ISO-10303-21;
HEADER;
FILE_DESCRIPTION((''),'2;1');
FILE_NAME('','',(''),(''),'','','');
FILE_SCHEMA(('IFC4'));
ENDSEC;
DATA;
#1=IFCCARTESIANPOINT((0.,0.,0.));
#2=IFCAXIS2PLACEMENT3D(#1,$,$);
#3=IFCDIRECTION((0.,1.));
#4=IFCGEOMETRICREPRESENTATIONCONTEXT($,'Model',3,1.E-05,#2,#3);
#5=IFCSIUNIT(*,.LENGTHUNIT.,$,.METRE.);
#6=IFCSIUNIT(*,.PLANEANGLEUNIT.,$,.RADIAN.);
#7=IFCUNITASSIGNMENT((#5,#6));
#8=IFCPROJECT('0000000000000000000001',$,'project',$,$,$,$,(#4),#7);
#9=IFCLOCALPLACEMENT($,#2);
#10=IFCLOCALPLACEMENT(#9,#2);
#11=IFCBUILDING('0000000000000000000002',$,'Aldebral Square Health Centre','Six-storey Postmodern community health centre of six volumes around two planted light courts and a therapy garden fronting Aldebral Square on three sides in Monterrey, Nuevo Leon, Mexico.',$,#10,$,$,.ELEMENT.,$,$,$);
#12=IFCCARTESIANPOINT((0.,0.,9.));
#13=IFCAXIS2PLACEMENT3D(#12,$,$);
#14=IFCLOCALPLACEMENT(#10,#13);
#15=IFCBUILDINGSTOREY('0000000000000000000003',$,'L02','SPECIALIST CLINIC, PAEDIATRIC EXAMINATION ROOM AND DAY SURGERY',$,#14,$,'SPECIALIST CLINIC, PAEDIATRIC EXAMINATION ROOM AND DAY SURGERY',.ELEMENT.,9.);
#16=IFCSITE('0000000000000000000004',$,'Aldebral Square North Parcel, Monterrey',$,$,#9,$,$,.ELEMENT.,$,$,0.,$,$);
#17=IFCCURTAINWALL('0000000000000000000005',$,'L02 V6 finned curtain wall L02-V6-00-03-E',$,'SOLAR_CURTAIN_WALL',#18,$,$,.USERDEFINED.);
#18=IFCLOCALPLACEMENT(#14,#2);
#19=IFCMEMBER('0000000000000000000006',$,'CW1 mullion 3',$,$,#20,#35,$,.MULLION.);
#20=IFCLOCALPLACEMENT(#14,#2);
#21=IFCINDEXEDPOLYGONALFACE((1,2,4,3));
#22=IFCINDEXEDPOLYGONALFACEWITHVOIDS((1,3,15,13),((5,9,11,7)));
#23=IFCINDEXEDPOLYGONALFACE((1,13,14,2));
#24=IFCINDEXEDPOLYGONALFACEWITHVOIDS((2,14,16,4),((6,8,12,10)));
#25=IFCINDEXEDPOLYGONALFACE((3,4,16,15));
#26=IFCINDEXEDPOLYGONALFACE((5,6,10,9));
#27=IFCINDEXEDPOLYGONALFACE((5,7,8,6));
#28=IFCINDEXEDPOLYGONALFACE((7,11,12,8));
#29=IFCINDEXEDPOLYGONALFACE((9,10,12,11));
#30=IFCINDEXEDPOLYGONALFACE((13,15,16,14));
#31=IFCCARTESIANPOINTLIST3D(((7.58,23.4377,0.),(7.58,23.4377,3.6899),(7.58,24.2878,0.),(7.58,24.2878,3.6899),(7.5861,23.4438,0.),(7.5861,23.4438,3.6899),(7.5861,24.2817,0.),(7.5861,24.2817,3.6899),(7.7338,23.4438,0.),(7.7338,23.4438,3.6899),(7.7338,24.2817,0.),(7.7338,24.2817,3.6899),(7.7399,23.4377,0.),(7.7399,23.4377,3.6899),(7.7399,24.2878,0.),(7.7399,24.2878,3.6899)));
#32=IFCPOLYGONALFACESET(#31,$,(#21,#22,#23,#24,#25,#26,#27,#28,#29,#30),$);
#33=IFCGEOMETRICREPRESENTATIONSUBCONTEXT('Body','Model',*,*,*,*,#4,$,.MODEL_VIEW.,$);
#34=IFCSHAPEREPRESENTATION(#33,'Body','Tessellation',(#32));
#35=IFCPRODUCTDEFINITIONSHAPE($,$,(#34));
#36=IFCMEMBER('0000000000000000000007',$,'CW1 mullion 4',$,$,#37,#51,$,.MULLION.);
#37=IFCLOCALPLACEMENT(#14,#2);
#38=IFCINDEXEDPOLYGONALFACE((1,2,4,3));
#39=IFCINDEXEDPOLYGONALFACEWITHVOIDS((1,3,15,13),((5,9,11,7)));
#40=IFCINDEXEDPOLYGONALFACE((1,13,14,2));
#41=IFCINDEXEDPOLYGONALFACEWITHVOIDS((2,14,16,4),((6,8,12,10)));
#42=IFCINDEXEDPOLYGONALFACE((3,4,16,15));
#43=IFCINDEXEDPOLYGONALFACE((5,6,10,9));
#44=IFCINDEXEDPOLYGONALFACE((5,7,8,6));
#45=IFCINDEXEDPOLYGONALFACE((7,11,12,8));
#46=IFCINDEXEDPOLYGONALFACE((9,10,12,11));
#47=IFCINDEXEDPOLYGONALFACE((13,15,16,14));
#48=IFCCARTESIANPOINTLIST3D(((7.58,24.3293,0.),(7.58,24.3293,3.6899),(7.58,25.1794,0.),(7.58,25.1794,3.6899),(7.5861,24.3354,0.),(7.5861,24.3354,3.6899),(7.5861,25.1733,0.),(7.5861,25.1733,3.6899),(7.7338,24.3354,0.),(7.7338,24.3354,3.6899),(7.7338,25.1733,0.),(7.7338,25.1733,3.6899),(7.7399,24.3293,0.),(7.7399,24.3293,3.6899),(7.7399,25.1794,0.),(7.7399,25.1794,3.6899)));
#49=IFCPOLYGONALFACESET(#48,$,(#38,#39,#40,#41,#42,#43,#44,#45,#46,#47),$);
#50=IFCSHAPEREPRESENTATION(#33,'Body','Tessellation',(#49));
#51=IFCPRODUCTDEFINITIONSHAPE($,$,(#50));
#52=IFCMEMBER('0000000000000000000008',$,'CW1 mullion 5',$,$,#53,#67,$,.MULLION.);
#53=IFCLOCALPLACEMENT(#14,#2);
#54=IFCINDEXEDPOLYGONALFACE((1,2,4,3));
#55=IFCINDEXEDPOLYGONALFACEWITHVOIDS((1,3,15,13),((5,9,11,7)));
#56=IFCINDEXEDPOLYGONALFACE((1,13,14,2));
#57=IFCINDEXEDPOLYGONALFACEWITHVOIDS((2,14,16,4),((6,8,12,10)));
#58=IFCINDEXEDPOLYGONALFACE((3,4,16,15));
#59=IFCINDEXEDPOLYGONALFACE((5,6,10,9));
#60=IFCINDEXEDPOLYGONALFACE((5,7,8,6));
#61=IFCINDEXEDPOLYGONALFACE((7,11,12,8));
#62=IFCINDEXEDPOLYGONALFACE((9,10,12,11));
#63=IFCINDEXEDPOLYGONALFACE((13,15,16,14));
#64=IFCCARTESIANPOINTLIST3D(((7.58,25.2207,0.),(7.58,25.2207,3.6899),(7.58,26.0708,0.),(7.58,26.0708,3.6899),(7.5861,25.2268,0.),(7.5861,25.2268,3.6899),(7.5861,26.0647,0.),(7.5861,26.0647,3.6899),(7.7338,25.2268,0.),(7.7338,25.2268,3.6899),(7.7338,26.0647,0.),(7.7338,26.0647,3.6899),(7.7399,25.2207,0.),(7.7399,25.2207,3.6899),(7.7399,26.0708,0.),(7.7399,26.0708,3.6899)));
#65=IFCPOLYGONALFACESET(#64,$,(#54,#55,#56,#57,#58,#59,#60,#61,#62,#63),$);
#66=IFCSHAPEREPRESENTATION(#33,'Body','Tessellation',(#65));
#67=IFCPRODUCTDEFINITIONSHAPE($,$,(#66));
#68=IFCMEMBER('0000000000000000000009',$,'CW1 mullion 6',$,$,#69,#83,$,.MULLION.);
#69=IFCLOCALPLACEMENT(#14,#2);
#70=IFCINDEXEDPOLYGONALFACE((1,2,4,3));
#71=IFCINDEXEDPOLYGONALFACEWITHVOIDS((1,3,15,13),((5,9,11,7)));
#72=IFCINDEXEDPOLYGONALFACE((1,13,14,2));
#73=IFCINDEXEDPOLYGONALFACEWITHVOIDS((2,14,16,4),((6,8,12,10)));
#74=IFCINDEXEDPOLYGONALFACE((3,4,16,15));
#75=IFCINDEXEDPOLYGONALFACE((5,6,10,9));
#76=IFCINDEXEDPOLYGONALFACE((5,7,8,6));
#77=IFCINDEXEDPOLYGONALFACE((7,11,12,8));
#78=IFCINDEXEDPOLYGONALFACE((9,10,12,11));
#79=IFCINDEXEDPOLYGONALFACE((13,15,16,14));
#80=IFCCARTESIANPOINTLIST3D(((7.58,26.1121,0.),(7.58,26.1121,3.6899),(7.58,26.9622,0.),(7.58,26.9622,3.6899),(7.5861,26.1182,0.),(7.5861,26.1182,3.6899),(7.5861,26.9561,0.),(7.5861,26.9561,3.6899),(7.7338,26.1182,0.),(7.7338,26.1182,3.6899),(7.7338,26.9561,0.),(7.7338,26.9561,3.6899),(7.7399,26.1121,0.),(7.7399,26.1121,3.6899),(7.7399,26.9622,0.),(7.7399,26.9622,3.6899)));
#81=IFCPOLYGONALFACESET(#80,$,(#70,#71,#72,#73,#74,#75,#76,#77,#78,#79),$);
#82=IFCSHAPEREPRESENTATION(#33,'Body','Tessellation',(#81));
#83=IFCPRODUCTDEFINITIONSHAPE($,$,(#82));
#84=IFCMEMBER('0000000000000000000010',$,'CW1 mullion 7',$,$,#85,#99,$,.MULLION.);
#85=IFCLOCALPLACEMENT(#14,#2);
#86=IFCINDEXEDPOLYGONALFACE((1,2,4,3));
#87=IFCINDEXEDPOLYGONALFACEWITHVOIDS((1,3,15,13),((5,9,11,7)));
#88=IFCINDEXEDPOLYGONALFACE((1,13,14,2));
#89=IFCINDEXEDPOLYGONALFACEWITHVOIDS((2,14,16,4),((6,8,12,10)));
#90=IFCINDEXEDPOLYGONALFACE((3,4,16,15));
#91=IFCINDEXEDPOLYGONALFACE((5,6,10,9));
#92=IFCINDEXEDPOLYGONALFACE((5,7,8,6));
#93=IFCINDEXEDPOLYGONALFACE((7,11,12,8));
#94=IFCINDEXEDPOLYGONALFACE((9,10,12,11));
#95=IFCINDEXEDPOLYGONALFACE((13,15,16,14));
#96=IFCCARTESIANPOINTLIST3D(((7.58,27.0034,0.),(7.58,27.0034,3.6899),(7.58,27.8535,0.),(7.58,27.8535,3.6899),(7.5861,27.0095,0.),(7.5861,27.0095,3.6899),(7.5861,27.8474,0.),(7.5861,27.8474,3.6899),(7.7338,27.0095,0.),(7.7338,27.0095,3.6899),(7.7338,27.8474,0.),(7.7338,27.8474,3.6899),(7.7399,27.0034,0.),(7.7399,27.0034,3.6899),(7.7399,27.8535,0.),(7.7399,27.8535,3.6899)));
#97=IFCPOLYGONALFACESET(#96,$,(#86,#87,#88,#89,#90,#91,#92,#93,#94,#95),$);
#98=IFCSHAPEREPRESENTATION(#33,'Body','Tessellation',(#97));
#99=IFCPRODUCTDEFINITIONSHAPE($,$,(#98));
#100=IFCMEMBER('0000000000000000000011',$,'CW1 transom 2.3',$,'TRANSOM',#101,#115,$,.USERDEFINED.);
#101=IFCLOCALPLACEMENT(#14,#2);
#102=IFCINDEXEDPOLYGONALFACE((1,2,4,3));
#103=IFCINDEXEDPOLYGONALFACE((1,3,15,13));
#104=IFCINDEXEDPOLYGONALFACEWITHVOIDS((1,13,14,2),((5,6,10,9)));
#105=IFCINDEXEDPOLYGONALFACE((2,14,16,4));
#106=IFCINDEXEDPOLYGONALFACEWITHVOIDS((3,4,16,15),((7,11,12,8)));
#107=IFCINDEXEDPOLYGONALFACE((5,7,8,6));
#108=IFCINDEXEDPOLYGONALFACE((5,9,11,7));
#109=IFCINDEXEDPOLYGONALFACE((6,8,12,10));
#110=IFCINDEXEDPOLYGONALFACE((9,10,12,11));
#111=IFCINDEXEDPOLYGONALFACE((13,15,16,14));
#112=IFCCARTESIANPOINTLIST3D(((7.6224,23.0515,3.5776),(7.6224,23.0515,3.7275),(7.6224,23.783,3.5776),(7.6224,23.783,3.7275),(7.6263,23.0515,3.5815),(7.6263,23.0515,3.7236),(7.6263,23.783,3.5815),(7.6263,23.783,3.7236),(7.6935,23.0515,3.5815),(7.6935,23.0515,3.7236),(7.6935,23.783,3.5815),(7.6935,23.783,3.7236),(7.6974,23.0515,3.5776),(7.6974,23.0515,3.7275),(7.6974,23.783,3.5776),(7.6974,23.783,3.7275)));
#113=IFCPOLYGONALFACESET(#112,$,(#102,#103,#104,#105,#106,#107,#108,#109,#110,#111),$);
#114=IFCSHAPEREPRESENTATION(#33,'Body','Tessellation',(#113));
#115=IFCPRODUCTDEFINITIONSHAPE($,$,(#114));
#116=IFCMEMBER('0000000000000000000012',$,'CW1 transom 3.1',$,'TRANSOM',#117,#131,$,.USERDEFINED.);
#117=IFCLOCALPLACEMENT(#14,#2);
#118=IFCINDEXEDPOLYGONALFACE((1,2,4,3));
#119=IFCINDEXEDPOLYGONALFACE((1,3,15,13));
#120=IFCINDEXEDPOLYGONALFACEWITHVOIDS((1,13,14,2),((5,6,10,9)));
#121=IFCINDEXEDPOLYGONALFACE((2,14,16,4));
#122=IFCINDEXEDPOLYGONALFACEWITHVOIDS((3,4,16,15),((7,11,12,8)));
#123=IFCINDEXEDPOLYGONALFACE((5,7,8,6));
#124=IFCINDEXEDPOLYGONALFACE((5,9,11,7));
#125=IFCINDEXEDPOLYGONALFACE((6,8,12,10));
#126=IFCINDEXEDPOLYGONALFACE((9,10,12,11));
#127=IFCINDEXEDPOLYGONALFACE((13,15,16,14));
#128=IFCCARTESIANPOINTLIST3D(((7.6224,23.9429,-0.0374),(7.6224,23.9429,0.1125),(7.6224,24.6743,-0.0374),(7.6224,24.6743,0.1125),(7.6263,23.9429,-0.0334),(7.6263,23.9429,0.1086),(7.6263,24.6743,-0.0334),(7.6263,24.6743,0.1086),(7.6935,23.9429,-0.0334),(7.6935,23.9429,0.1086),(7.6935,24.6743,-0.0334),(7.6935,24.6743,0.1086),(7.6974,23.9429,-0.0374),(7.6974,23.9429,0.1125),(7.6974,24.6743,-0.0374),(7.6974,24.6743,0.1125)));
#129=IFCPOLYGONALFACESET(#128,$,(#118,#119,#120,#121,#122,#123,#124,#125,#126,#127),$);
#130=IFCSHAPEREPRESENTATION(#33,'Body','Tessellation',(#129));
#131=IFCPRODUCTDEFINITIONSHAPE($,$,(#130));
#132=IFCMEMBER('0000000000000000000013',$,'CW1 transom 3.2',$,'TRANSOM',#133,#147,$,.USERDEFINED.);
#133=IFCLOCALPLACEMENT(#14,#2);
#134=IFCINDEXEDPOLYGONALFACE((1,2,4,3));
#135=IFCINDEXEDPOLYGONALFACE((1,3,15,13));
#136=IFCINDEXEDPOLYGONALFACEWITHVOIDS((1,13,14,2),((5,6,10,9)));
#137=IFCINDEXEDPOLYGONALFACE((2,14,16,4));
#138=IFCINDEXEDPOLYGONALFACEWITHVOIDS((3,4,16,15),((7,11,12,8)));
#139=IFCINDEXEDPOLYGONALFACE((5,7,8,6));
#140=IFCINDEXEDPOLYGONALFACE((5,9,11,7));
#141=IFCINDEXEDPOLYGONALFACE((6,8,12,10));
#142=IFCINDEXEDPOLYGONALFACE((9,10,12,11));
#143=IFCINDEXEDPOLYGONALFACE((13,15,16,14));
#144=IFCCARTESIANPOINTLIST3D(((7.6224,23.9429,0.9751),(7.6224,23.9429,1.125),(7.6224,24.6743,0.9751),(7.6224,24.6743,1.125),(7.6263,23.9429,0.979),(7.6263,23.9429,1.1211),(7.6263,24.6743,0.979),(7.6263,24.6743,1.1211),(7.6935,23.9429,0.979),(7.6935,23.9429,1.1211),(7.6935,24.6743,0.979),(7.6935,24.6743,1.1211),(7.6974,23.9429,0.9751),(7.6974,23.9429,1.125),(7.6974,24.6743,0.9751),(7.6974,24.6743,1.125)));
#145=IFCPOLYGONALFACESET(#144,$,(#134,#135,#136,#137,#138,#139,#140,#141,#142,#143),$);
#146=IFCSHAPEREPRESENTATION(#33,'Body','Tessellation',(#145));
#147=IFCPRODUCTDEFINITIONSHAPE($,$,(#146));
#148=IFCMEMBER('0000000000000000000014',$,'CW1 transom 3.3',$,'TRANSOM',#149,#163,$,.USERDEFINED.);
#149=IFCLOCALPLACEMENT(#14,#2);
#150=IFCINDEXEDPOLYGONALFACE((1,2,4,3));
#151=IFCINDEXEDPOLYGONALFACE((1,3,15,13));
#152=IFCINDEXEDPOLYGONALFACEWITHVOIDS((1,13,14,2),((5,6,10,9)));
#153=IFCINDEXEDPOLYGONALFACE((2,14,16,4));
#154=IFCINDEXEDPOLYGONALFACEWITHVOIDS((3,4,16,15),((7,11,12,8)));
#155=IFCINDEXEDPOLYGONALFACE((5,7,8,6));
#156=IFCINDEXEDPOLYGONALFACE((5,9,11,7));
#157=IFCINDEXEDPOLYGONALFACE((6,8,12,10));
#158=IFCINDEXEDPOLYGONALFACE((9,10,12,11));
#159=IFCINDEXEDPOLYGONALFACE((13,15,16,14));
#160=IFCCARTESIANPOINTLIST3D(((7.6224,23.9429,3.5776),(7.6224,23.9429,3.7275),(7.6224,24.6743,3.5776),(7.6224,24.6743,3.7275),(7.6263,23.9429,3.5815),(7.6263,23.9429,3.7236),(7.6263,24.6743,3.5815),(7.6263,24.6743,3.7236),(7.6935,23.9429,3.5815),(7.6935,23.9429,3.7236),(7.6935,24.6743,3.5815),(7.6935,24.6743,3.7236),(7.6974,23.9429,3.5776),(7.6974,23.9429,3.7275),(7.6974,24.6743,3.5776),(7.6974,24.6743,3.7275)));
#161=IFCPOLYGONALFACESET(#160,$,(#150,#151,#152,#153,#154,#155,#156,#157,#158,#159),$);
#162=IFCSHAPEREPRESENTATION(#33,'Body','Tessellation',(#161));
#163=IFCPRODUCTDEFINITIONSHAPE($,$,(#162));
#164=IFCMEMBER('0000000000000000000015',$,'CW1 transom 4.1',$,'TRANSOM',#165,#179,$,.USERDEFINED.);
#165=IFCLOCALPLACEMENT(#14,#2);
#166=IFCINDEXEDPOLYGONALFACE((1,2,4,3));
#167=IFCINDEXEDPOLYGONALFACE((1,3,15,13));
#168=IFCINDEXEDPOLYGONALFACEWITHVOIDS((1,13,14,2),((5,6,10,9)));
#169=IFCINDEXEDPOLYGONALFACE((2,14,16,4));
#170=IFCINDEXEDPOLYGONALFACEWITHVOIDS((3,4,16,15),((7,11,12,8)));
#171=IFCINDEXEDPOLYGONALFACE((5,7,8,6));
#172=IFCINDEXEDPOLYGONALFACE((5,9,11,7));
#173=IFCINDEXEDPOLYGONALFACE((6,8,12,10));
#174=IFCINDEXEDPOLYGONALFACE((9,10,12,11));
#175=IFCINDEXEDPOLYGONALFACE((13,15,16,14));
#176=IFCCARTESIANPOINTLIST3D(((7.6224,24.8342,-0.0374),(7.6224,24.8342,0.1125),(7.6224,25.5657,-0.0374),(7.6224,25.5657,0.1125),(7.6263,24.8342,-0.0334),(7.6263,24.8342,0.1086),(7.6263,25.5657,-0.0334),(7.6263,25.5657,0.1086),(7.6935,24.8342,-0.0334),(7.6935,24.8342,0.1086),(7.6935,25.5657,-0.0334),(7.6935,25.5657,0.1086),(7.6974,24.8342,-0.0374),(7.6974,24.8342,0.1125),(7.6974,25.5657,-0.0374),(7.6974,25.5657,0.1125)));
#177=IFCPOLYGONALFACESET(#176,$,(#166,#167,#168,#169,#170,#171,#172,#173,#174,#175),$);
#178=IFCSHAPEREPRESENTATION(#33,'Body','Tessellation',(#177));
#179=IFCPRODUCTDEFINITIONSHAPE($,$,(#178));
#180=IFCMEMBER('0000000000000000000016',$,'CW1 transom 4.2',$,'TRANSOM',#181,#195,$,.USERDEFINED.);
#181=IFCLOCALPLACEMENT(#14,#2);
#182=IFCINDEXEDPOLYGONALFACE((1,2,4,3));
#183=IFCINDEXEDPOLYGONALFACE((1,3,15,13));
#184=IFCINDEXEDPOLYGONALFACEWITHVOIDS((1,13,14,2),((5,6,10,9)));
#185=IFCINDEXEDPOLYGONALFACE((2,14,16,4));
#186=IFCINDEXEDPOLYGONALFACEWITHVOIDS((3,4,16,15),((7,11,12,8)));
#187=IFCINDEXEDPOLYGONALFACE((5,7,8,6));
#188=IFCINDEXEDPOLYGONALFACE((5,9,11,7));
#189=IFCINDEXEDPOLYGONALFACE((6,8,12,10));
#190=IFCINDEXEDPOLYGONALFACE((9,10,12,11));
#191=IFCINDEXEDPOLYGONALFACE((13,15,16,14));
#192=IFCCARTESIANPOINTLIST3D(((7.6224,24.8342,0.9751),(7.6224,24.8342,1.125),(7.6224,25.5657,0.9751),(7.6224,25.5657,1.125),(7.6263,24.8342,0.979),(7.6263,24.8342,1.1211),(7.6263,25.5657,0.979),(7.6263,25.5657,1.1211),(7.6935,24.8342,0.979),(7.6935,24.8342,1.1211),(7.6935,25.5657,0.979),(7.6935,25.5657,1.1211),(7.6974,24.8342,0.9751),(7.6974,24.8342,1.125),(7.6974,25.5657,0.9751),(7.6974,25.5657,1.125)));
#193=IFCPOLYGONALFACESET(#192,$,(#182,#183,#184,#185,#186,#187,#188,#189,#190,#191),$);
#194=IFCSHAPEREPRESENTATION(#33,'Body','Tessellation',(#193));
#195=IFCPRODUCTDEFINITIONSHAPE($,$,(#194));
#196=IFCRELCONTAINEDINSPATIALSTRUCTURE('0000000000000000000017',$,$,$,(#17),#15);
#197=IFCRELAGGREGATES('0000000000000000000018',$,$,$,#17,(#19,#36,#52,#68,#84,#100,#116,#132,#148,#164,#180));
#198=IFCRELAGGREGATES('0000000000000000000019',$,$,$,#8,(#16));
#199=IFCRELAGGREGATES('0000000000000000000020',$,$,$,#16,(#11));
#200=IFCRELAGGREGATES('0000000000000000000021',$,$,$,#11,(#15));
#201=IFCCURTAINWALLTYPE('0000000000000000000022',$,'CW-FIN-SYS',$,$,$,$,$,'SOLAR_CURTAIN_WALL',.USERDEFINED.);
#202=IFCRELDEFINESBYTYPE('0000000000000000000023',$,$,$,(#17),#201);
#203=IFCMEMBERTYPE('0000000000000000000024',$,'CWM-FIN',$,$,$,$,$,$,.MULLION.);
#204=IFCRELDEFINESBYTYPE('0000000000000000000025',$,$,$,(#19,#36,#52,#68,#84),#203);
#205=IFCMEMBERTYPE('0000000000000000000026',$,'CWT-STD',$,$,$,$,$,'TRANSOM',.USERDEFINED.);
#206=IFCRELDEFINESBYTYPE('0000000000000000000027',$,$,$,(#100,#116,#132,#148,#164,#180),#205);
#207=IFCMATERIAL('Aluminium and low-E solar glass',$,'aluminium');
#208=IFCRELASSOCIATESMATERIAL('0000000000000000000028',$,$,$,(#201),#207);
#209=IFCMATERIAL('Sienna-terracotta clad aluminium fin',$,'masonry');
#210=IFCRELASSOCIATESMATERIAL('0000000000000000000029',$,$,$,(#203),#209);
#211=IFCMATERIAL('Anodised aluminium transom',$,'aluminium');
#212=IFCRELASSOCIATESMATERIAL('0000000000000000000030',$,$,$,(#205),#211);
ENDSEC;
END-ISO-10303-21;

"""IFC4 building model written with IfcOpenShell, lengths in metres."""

from ifc_helpers import new_model, si_unit, direction, frame, origin, origin_2d, place, context, subcontext, project, spatial, hollow_rectangle, extrude, material, material_profile, profile_set, type_object, element, aggregate, save


model = new_model("IFC4")

# Units and contexts
model_context = context("Model", 3, precision=1e-05, world=origin(), true_north=direction((0.0, 1.0)))
body_context = subcontext(model_context, "Body", "Model", "MODEL_VIEW")
ifc_project = project(units=[si_unit("LENGTHUNIT", "METRE"), si_unit("PLANEANGLEUNIT", "RADIAN")], contexts=[model_context])

# Site, building, storey
site_placement = place(None, origin())
site = spatial("IfcSite", under=ifc_project, at=site_placement, Name="Aldebral Square North Parcel, Monterrey", CompositionType="ELEMENT", RefElevation=0.0)
building_placement = place(site_placement, origin())
building = spatial("IfcBuilding", under=site, at=building_placement, Name="Aldebral Square Health Centre", Description="Six-storey Postmodern community health centre of six volumes around two planted light courts and a therapy garden fronting Aldebral Square on three sides in Monterrey, Nuevo Leon, Mexico.", CompositionType="ELEMENT")
storey_placement = place(building_placement, frame((0.0, 0.0, 9.0)))
storey = spatial("IfcBuildingStorey", under=building, at=storey_placement, Name="L02", Description="SPECIALIST CLINIC, PAEDIATRIC EXAMINATION ROOM AND DAY SURGERY", LongName="SPECIALIST CLINIC, PAEDIATRIC EXAMINATION ROOM AND DAY SURGERY", CompositionType="ELEMENT", Elevation=9.0)

# Curtain wall, members
ifc_material_1 = material(Name="Aluminium and low-E solar glass", Category="aluminium")
curtain_wall_type = type_object("IfcCurtainWallType", Name="CW-FIN-SYS", ElementType="SOLAR_CURTAIN_WALL", PredefinedType="USERDEFINED", material=ifc_material_1)
curtain_wall_placement = place(storey_placement, origin())
curtain_wall = element("IfcCurtainWall", 1, at=curtain_wall_placement, inside=storey, type_object=curtain_wall_type, Name="L02 V6 finned curtain wall L02-V6-00-03-E", ObjectType="SOLAR_CURTAIN_WALL", PredefinedType="USERDEFINED")
ifc_material_2 = material(Name="Sienna-terracotta clad aluminium fin", Category="masonry")
ifc_material_profile_1 = material_profile(ifc_material_2, hollow_rectangle(XDim=0.1599, YDim=0.8501, WallThickness=0.0061, at=origin_2d()), Name="FIN 160x850x6")
ifc_profile_set_1 = profile_set([ifc_material_profile_1], Name="Sienna-terracotta clad aluminium fin")
member_type_1 = type_object("IfcMemberType", Name="CWM-FIN", PredefinedType="MULLION", material=ifc_profile_set_1)
member_1_placement = place(storey_placement, frame((7.6599, 23.8628, 0.0), z_axis=(0.0, 0.0, 1.0), x_axis=(-1.0, 0.0, 0.0)))
member_1 = element("IfcMember", 2, at=member_1_placement, type_object=member_type_1, Name="CW1 mullion 3", PredefinedType="MULLION", context=body_context, shape_type="SweptSolid", body=[
    extrude(hollow_rectangle(XDim=0.1599, YDim=0.8501, WallThickness=0.0061, at=origin_2d()), origin(), (0.0, 0.0, 1.0), 3.6899),
])
member_2_placement = place(storey_placement, frame((7.6599, 24.7544, 0.0), z_axis=(0.0, 0.0, 1.0), x_axis=(-1.0, 0.0, 0.0)))
member_2 = element("IfcMember", 3, at=member_2_placement, type_object=member_type_1, Name="CW1 mullion 4", PredefinedType="MULLION", context=body_context, shape_type="SweptSolid", body=[
    extrude(hollow_rectangle(XDim=0.1599, YDim=0.8501, WallThickness=0.0061, at=origin_2d()), origin(), (0.0, 0.0, 1.0), 3.6899),
])
member_3_placement = place(storey_placement, frame((7.6599, 25.6458, 0.0), z_axis=(0.0, 0.0, 1.0), x_axis=(-1.0, 0.0, 0.0)))
member_3 = element("IfcMember", 4, at=member_3_placement, type_object=member_type_1, Name="CW1 mullion 5", PredefinedType="MULLION", context=body_context, shape_type="SweptSolid", body=[
    extrude(hollow_rectangle(XDim=0.1599, YDim=0.8501, WallThickness=0.0061, at=origin_2d()), origin(), (0.0, 0.0, 1.0), 3.6899),
])
member_4_placement = place(storey_placement, frame((7.6599, 26.5371, 0.0), z_axis=(0.0, 0.0, 1.0), x_axis=(-1.0, 0.0, 0.0)))
member_4 = element("IfcMember", 5, at=member_4_placement, type_object=member_type_1, Name="CW1 mullion 6", PredefinedType="MULLION", context=body_context, shape_type="SweptSolid", body=[
    extrude(hollow_rectangle(XDim=0.1599, YDim=0.8501, WallThickness=0.0061, at=origin_2d()), origin(), (0.0, 0.0, 1.0), 3.6899),
])
member_5_placement = place(storey_placement, frame((7.6599, 27.4285, 0.0), z_axis=(0.0, 0.0, 1.0), x_axis=(-1.0, 0.0, 0.0)))
member_5 = element("IfcMember", 6, at=member_5_placement, type_object=member_type_1, Name="CW1 mullion 7", PredefinedType="MULLION", context=body_context, shape_type="SweptSolid", body=[
    extrude(hollow_rectangle(XDim=0.1599, YDim=0.8501, WallThickness=0.0061, at=origin_2d()), origin(), (0.0, 0.0, 1.0), 3.6899),
])
ifc_material_3 = material(Name="Anodised aluminium transom", Category="aluminium")
ifc_material_profile_2 = material_profile(ifc_material_3, hollow_rectangle(XDim=0.075, YDim=0.1499, WallThickness=0.0039, at=origin_2d()), Name="CWT 75x150x4")
ifc_profile_set_2 = profile_set([ifc_material_profile_2], Name="Anodised aluminium transom")
member_type_2 = type_object("IfcMemberType", Name="CWT-STD", ElementType="TRANSOM", PredefinedType="USERDEFINED", material=ifc_profile_set_2)
member_6_placement = place(storey_placement, frame((7.6599, 23.0515, 3.6526), z_axis=(0.0, 1.0, 0.0), x_axis=(-1.0, 0.0, 0.0)))
member_6 = element("IfcMember", 7, at=member_6_placement, type_object=member_type_2, Name="CW1 transom 2.3", ObjectType="TRANSOM", PredefinedType="USERDEFINED", context=body_context, shape_type="SweptSolid", body=[
    extrude(hollow_rectangle(XDim=0.075, YDim=0.1499, WallThickness=0.0039, at=origin_2d()), origin(), (0.0, 0.0, 1.0), 0.7314),
])
member_7_placement = place(storey_placement, frame((7.6599, 23.9429, 0.0376), z_axis=(0.0, 1.0, 0.0), x_axis=(-1.0, 0.0, 0.0)))
member_7 = element("IfcMember", 8, at=member_7_placement, type_object=member_type_2, Name="CW1 transom 3.1", ObjectType="TRANSOM", PredefinedType="USERDEFINED", context=body_context, shape_type="SweptSolid", body=[
    extrude(hollow_rectangle(XDim=0.075, YDim=0.1499, WallThickness=0.0039, at=origin_2d()), origin(), (0.0, 0.0, 1.0), 0.7314),
])
member_8_placement = place(storey_placement, frame((7.6599, 23.9429, 1.05), z_axis=(0.0, 1.0, 0.0), x_axis=(-1.0, 0.0, 0.0)))
member_8 = element("IfcMember", 9, at=member_8_placement, type_object=member_type_2, Name="CW1 transom 3.2", ObjectType="TRANSOM", PredefinedType="USERDEFINED", context=body_context, shape_type="SweptSolid", body=[
    extrude(hollow_rectangle(XDim=0.075, YDim=0.1499, WallThickness=0.0039, at=origin_2d()), origin(), (0.0, 0.0, 1.0), 0.7314),
])
member_9_placement = place(storey_placement, frame((7.6599, 23.9429, 3.6526), z_axis=(0.0, 1.0, 0.0), x_axis=(-1.0, 0.0, 0.0)))
member_9 = element("IfcMember", 10, at=member_9_placement, type_object=member_type_2, Name="CW1 transom 3.3", ObjectType="TRANSOM", PredefinedType="USERDEFINED", context=body_context, shape_type="SweptSolid", body=[
    extrude(hollow_rectangle(XDim=0.075, YDim=0.1499, WallThickness=0.0039, at=origin_2d()), origin(), (0.0, 0.0, 1.0), 0.7314),
])
member_10_placement = place(storey_placement, frame((7.6599, 24.8342, 0.0376), z_axis=(0.0, 1.0, 0.0), x_axis=(-1.0, 0.0, 0.0)))
member_10 = element("IfcMember", 11, at=member_10_placement, type_object=member_type_2, Name="CW1 transom 4.1", ObjectType="TRANSOM", PredefinedType="USERDEFINED", context=body_context, shape_type="SweptSolid", body=[
    extrude(hollow_rectangle(XDim=0.075, YDim=0.1499, WallThickness=0.0039, at=origin_2d()), origin(), (0.0, 0.0, 1.0), 0.7314),
])
member_11_placement = place(storey_placement, frame((7.6599, 24.8342, 1.05), z_axis=(0.0, 1.0, 0.0), x_axis=(-1.0, 0.0, 0.0)))
member_11 = element("IfcMember", 12, at=member_11_placement, type_object=member_type_2, Name="CW1 transom 4.2", ObjectType="TRANSOM", PredefinedType="USERDEFINED", context=body_context, shape_type="SweptSolid", body=[
    extrude(hollow_rectangle(XDim=0.075, YDim=0.1499, WallThickness=0.0039, at=origin_2d()), origin(), (0.0, 0.0, 1.0), 0.7314),
])
aggregate(curtain_wall, [member_1, member_2, member_3, member_4, member_5, member_6, member_7, member_8, member_9, member_10, member_11])

save(model, "model.ifc")
